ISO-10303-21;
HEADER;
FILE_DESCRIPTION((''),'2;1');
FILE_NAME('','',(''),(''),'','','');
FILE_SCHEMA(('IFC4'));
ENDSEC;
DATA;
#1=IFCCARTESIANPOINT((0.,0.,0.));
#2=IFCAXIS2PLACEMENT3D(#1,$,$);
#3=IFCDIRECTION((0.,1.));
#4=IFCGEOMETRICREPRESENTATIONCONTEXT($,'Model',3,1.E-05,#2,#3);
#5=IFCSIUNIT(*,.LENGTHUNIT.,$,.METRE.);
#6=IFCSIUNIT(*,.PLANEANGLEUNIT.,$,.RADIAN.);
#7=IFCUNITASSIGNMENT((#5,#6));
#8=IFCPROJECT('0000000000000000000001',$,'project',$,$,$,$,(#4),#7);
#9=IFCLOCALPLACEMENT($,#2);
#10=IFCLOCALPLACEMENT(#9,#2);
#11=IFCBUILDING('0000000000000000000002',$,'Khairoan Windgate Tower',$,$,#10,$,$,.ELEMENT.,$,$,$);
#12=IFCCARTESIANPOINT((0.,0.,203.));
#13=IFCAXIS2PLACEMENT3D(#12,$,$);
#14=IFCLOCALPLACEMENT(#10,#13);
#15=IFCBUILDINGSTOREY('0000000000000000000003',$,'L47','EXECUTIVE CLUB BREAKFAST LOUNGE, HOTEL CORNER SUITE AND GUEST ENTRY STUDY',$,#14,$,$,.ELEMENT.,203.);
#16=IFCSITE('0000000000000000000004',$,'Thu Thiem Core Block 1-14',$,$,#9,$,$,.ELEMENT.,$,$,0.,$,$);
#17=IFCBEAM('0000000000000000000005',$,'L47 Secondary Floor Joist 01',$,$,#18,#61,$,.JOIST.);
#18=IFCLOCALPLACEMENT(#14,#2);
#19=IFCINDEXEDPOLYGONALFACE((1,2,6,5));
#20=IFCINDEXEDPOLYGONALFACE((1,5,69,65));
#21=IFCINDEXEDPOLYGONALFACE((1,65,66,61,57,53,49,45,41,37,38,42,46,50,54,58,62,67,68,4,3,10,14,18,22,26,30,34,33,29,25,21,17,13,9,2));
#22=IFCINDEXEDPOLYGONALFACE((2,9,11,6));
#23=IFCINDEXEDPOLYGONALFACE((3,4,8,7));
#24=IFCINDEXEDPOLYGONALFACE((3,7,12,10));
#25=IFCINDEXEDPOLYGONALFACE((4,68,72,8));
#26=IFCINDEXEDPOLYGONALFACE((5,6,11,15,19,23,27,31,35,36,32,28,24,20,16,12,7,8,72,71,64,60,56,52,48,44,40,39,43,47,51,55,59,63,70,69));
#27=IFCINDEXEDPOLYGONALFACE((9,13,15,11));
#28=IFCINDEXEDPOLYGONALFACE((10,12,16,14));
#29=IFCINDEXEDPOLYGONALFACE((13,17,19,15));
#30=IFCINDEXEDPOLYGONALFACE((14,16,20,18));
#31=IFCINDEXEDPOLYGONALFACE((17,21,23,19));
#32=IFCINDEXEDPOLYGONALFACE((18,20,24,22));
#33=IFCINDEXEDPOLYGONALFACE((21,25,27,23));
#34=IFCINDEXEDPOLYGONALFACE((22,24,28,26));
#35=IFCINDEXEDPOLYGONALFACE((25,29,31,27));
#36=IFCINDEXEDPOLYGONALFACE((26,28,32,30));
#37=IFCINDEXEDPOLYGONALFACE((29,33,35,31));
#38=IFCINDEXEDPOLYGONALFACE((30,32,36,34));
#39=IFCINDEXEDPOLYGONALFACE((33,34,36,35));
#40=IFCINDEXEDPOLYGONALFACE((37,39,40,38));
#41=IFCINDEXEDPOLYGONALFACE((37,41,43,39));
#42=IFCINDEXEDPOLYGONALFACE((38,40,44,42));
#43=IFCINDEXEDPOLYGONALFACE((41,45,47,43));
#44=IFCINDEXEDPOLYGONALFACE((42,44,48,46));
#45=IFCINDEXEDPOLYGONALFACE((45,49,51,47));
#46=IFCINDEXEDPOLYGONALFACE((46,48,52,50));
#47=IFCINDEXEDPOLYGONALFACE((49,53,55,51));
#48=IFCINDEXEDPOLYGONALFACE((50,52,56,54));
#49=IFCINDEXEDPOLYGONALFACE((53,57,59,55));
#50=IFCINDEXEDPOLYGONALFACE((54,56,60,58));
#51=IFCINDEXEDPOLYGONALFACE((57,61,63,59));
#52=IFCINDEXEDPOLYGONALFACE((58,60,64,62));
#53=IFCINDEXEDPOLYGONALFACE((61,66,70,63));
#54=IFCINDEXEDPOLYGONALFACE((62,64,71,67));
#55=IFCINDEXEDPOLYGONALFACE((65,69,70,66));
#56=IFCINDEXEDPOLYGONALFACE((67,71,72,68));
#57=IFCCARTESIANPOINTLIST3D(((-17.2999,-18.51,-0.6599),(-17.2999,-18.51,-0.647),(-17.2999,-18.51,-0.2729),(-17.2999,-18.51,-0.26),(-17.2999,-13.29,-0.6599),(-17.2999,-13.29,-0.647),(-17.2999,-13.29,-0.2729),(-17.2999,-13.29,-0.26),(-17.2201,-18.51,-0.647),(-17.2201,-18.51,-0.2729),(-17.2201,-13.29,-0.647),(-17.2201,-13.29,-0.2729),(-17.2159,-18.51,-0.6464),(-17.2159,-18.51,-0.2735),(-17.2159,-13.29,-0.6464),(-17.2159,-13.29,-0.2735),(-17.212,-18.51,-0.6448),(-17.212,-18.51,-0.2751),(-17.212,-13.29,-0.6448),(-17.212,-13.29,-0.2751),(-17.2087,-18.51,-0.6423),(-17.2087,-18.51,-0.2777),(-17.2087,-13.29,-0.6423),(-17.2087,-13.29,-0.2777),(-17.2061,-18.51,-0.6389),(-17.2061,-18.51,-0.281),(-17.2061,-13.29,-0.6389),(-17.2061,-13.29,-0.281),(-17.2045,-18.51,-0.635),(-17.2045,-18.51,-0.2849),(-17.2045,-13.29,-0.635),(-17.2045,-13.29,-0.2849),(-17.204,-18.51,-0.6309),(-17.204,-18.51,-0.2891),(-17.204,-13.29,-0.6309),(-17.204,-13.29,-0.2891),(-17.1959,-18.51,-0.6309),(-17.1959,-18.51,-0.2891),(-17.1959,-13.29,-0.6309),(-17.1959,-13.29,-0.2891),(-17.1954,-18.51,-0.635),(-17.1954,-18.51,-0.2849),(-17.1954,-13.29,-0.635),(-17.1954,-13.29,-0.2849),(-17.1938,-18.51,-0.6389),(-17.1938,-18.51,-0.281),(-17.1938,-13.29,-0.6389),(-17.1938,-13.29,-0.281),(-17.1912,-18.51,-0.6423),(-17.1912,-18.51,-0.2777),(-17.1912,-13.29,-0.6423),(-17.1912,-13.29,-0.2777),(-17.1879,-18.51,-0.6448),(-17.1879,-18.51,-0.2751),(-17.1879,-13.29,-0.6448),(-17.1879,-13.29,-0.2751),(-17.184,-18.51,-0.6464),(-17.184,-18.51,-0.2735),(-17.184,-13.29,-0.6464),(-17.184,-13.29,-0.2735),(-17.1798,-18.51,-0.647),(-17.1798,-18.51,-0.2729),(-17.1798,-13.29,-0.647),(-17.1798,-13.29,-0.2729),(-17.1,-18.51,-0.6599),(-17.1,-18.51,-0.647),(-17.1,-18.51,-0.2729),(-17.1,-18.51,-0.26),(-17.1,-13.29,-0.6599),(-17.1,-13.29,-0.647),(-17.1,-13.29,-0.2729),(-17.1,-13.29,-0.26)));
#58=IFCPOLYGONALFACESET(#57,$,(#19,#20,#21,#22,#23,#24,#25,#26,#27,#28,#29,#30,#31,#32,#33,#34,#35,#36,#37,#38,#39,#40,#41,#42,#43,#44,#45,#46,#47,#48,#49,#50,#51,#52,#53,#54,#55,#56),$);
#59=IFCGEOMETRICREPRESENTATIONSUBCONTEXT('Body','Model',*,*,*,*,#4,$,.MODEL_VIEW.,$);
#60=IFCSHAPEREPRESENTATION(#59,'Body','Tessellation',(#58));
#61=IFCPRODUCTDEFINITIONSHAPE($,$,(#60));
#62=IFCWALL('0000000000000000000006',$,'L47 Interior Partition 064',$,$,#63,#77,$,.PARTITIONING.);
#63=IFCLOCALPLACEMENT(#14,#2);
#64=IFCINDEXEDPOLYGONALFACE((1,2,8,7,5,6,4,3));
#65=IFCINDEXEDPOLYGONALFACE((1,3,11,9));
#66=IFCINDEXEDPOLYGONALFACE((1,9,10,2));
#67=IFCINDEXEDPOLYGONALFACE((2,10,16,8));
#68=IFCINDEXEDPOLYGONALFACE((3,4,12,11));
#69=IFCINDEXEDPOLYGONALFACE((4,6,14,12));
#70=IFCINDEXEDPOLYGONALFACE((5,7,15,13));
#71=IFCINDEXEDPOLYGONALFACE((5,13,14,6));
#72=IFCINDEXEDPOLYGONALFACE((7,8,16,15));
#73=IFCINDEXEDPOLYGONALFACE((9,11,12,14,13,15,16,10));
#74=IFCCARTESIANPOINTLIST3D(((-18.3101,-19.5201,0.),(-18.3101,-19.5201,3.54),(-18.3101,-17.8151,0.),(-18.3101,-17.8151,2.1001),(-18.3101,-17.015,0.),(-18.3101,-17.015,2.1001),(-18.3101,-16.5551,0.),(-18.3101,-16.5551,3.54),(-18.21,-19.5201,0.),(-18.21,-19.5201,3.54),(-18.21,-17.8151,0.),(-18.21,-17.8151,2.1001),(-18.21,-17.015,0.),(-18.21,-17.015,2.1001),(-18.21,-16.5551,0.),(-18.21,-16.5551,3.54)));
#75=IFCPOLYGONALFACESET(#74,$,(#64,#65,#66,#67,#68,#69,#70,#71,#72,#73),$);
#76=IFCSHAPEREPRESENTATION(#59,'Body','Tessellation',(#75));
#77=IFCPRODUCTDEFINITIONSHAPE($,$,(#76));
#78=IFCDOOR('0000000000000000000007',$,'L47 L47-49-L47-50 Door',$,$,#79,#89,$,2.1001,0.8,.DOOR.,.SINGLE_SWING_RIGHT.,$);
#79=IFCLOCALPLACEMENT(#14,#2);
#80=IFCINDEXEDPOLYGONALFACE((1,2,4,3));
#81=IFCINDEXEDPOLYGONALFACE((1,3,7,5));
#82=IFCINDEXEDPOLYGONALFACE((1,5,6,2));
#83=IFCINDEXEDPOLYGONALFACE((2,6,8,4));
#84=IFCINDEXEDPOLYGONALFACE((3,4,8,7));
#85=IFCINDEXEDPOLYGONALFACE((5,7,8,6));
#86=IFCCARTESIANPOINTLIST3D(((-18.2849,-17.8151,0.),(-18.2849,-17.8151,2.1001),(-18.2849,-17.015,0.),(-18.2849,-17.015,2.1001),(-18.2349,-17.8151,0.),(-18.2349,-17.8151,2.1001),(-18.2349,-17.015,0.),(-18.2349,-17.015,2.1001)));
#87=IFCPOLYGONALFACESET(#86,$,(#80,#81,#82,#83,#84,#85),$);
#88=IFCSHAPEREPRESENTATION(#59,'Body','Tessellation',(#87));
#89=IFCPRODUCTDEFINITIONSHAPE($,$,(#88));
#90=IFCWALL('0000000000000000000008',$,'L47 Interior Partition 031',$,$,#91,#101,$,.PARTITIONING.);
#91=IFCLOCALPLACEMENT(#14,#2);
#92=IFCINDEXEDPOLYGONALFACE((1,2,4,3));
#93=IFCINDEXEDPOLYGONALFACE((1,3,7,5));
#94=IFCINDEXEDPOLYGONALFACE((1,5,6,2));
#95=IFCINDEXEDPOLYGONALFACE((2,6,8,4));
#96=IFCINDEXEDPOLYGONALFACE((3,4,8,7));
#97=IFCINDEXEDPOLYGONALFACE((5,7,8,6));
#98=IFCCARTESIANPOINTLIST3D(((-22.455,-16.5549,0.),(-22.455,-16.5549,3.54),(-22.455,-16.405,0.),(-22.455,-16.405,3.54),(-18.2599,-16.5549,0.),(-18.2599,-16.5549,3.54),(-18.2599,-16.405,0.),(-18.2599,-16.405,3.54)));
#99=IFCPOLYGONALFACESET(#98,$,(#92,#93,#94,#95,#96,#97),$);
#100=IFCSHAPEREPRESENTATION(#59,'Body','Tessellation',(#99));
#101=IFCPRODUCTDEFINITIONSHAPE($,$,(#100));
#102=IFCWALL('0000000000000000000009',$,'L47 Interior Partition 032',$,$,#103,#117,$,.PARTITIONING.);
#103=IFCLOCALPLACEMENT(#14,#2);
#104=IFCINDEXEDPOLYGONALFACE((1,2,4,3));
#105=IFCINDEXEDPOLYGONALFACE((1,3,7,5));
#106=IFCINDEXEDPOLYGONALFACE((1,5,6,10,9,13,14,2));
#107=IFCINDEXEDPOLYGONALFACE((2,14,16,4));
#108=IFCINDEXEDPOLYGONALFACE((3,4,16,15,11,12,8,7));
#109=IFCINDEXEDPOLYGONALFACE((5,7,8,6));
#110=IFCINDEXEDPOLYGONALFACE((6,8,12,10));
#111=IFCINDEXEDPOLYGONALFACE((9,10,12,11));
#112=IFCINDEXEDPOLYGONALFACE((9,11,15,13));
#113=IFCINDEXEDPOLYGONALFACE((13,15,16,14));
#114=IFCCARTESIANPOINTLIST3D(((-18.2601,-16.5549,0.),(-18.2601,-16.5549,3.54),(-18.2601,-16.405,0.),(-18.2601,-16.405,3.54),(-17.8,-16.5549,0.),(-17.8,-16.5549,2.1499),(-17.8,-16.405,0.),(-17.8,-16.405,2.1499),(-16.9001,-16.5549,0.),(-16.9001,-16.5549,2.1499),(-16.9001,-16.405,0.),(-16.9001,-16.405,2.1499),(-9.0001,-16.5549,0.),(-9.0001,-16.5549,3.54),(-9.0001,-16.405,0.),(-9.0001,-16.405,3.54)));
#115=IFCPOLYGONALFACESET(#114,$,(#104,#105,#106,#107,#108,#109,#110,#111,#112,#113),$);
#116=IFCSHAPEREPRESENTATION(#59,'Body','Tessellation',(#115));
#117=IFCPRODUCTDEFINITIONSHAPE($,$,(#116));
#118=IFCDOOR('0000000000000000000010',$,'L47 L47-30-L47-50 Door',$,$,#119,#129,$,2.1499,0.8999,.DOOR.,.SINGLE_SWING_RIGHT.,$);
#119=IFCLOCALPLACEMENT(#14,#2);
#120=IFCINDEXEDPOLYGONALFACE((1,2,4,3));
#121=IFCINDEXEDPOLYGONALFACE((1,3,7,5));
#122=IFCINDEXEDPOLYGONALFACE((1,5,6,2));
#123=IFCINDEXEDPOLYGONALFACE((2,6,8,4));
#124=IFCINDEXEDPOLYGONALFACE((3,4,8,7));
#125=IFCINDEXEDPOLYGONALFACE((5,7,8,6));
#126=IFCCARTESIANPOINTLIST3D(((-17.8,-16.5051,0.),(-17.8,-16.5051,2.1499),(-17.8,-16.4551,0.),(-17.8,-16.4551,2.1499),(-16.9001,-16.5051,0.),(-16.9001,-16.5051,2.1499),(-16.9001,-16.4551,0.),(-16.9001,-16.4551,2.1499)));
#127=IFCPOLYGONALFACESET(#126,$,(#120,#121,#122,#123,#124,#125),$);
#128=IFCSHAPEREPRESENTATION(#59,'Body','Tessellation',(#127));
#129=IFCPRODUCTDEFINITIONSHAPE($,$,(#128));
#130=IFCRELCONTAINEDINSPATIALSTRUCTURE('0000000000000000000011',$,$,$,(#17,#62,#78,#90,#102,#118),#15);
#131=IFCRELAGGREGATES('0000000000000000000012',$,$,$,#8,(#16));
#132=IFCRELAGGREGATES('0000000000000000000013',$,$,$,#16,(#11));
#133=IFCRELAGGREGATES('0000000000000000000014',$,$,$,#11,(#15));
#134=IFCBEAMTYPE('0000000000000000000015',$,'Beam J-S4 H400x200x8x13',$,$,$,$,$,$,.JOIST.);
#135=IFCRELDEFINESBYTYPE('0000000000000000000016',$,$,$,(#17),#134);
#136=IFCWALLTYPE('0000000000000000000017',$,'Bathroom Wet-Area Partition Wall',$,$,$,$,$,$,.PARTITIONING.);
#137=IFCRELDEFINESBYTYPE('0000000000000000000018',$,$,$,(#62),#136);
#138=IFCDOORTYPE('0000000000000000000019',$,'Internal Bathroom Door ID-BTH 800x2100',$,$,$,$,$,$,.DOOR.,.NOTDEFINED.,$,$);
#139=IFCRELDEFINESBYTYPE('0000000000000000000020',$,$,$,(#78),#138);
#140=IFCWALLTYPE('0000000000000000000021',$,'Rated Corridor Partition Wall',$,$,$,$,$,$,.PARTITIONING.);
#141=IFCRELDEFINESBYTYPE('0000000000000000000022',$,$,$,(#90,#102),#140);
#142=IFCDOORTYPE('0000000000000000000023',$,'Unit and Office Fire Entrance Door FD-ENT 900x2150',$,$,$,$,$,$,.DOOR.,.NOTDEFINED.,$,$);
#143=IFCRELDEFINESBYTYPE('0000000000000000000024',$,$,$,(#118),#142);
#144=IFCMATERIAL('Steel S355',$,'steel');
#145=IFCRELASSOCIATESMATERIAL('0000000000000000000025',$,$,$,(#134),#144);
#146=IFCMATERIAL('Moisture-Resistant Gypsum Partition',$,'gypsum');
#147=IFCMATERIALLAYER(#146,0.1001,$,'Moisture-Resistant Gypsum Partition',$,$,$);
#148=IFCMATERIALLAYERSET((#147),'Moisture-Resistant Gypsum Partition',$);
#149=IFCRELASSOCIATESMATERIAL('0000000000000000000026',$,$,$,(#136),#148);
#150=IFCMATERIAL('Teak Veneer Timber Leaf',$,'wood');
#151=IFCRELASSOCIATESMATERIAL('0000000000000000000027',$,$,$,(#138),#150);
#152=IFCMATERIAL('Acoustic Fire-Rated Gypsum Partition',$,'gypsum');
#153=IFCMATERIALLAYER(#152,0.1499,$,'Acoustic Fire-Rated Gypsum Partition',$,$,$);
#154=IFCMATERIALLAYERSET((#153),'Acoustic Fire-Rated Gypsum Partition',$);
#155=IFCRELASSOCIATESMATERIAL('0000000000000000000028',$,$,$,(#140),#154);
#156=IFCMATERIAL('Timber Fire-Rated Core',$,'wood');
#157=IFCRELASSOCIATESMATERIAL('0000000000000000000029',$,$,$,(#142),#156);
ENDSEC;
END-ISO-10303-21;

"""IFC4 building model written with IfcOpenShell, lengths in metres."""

from ifc_helpers import new_model, si_unit, direction, frame, frame_2d, origin, origin_2d, place, context, subcontext, project, spatial, rectangle, i_section, extrude, material, layer, layer_set, material_profile, profile_set, type_object, element, fill, save


model = new_model("IFC4")

# Units and contexts
model_context = context("Model", 3, precision=1e-05, world=origin(), true_north=direction((0.0, 1.0)))
body_context = subcontext(model_context, "Body", "Model", "MODEL_VIEW")
ifc_project = project(units=[si_unit("LENGTHUNIT", "METRE"), si_unit("PLANEANGLEUNIT", "RADIAN")], contexts=[model_context])

# Site, building, storey
site_placement = place(None, origin())
site = spatial("IfcSite", under=ifc_project, at=site_placement, Name="Thu Thiem Core Block 1-14", CompositionType="ELEMENT", RefElevation=0.0)
building_placement = place(site_placement, origin())
building = spatial("IfcBuilding", under=site, at=building_placement, Name="Khairoan Windgate Tower", CompositionType="ELEMENT")
storey_placement = place(building_placement, frame((0.0, 0.0, 203.0)))
storey = spatial("IfcBuildingStorey", under=building, at=storey_placement, Name="L47", Description="EXECUTIVE CLUB BREAKFAST LOUNGE, HOTEL CORNER SUITE AND GUEST ENTRY STUDY", CompositionType="ELEMENT", Elevation=203.0)

# Beam
ifc_material_1 = material(Name="Steel S355", Category="steel")
ifc_material_profile_1 = material_profile(ifc_material_1, i_section(OverallWidth=0.2, OverallDepth=0.3999, WebThickness=0.0081, FlangeThickness=0.0129, FilletRadius=0.0161, at=origin_2d()))
ifc_profile_set_1 = profile_set([ifc_material_profile_1], Name="Steel S355")
beam_type_1 = type_object("IfcBeamType", Name="Beam J-S4 H400x200x8x13", PredefinedType="JOIST", material=ifc_profile_set_1)
beam_1_placement = place(storey_placement, frame((-17.2, -18.51, -0.46), z_axis=(0.0, 1.0, 0.0), x_axis=(-1.0, 0.0, 0.0)))
element("IfcBeam", 1, at=beam_1_placement, inside=storey, type_object=beam_type_1, Name="L47 Secondary Floor Joist 01", PredefinedType="JOIST", context=body_context, shape_type="SweptSolid", body=[
    extrude(i_section(OverallWidth=0.2, OverallDepth=0.3999, WebThickness=0.0081, FlangeThickness=0.0129, FilletRadius=0.0161, at=origin_2d()), origin(), (0.0, 0.0, 1.0), 5.22),
])

# Wall, opening, door
ifc_material_2 = material(Name="Moisture-Resistant Gypsum Partition", Category="gypsum")
ifc_layer_1 = layer(ifc_material_2, 0.1001, Name="Moisture-Resistant Gypsum Partition")
ifc_layer_set_1 = layer_set([ifc_layer_1], Name="Moisture-Resistant Gypsum Partition")
wall_type_1 = type_object("IfcWallType", Name="Bathroom Wet-Area Partition Wall", PredefinedType="PARTITIONING", material=ifc_layer_set_1)
wall_1_placement = place(storey_placement, frame((-18.26, -19.52, 0.0), z_axis=(0.0, 0.0, 1.0), x_axis=(0.0, 1.0, 0.0)))
wall_1 = element("IfcWall", 2, at=wall_1_placement, inside=storey, type_object=wall_type_1, Name="L47 Interior Partition 064", PredefinedType="PARTITIONING", context=body_context, shape_type="SweptSolid", body=[
    extrude(rectangle(XDim=2.9651, YDim=0.1001, at=frame_2d((1.4824, 0.0))), origin(), (0.0, 0.0, 1.0), 3.54),
])
opening_1_placement = place(wall_1_placement, frame((1.7051, 0.0, 0.0)))
opening_1 = element("IfcOpeningElement", 3, at=opening_1_placement, cuts=wall_1, PredefinedType="OPENING", context=body_context, shape_type="SweptSolid", body=[
    extrude(rectangle(XDim=0.8, YDim=2.1001, at=frame_2d((0.3999, 1.05))), frame((0.0, 0.0601, 0.0), z_axis=(0.0, -1.0, 0.0), x_axis=(1.0, 0.0, 0.0)), (0.0, 0.0, 1.0), 0.1201),
])
ifc_material_3 = material(Name="Teak Veneer Timber Leaf", Category="wood")
door_type_1 = type_object("IfcDoorType", Name="Internal Bathroom Door ID-BTH 800x2100", OperationType="NOTDEFINED", PredefinedType="DOOR", material=ifc_material_3)
door_1_placement = place(opening_1_placement, origin())
door_1 = element("IfcDoor", 4, at=door_1_placement, inside=storey, type_object=door_type_1, Name="L47 L47-49-L47-50 Door", OperationType="SINGLE_SWING_RIGHT", OverallHeight=2.1001, OverallWidth=0.8, PredefinedType="DOOR", context=body_context, shape_type="SweptSolid", body=[
    extrude(rectangle(XDim=0.8, YDim=2.1001, at=frame_2d((0.3999, 1.05))), frame((0.0, 0.0249, 0.0), z_axis=(0.0, -1.0, 0.0), x_axis=(1.0, 0.0, 0.0)), (0.0, 0.0, 1.0), 0.05),
])
fill(opening_1, door_1)

# Wall
ifc_material_4 = material(Name="Acoustic Fire-Rated Gypsum Partition", Category="gypsum")
ifc_layer_2 = layer(ifc_material_4, 0.1499, Name="Acoustic Fire-Rated Gypsum Partition")
ifc_layer_set_2 = layer_set([ifc_layer_2], Name="Acoustic Fire-Rated Gypsum Partition")
wall_type_2 = type_object("IfcWallType", Name="Rated Corridor Partition Wall", PredefinedType="PARTITIONING", material=ifc_layer_set_2)
wall_2_placement = place(storey_placement, frame((-22.4551, -16.48, 0.0), z_axis=(0.0, 0.0, 1.0), x_axis=(1.0, 0.0, 0.0)))
element("IfcWall", 5, at=wall_2_placement, inside=storey, type_object=wall_type_2, Name="L47 Interior Partition 031", PredefinedType="PARTITIONING", context=body_context, shape_type="SweptSolid", body=[
    extrude(rectangle(XDim=4.1951, YDim=0.1499, at=frame_2d((2.0977, 0.0))), origin(), (0.0, 0.0, 1.0), 3.54),
])

# Wall, opening, door
wall_3_placement = place(storey_placement, frame((-18.26, -16.48, 0.0), z_axis=(0.0, 0.0, 1.0), x_axis=(1.0, 0.0, 0.0)))
wall_3 = element("IfcWall", 6, at=wall_3_placement, inside=storey, type_object=wall_type_2, Name="L47 Interior Partition 032", PredefinedType="PARTITIONING", context=body_context, shape_type="SweptSolid", body=[
    extrude(rectangle(XDim=9.26, YDim=0.1499, at=frame_2d((4.6299, 0.0))), origin(), (0.0, 0.0, 1.0), 3.54),
])
opening_2_placement = place(wall_3_placement, frame((0.46, 0.0, 0.0)))
opening_2 = element("IfcOpeningElement", 7, at=opening_2_placement, cuts=wall_3, PredefinedType="OPENING", context=body_context, shape_type="SweptSolid", body=[
    extrude(rectangle(XDim=0.8999, YDim=2.1499, at=frame_2d((0.45, 1.075))), frame((0.0, 0.085, 0.0), z_axis=(0.0, -1.0, 0.0), x_axis=(1.0, 0.0, 0.0)), (0.0, 0.0, 1.0), 0.1699),
])
ifc_material_5 = material(Name="Timber Fire-Rated Core", Category="wood")
door_type_2 = type_object("IfcDoorType", Name="Unit and Office Fire Entrance Door FD-ENT 900x2150", OperationType="NOTDEFINED", PredefinedType="DOOR", material=ifc_material_5)
door_2_placement = place(opening_2_placement, origin())
door_2 = element("IfcDoor", 8, at=door_2_placement, inside=storey, type_object=door_type_2, Name="L47 L47-30-L47-50 Door", OperationType="SINGLE_SWING_RIGHT", OverallHeight=2.1499, OverallWidth=0.8999, PredefinedType="DOOR", context=body_context, shape_type="SweptSolid", body=[
    extrude(rectangle(XDim=0.8999, YDim=2.1499, at=frame_2d((0.45, 1.075))), frame((0.0, 0.0249, 0.0), z_axis=(0.0, -1.0, 0.0), x_axis=(1.0, 0.0, 0.0)), (0.0, 0.0, 1.0), 0.05),
])
fill(opening_2, door_2)

save(model, "model.ifc")
